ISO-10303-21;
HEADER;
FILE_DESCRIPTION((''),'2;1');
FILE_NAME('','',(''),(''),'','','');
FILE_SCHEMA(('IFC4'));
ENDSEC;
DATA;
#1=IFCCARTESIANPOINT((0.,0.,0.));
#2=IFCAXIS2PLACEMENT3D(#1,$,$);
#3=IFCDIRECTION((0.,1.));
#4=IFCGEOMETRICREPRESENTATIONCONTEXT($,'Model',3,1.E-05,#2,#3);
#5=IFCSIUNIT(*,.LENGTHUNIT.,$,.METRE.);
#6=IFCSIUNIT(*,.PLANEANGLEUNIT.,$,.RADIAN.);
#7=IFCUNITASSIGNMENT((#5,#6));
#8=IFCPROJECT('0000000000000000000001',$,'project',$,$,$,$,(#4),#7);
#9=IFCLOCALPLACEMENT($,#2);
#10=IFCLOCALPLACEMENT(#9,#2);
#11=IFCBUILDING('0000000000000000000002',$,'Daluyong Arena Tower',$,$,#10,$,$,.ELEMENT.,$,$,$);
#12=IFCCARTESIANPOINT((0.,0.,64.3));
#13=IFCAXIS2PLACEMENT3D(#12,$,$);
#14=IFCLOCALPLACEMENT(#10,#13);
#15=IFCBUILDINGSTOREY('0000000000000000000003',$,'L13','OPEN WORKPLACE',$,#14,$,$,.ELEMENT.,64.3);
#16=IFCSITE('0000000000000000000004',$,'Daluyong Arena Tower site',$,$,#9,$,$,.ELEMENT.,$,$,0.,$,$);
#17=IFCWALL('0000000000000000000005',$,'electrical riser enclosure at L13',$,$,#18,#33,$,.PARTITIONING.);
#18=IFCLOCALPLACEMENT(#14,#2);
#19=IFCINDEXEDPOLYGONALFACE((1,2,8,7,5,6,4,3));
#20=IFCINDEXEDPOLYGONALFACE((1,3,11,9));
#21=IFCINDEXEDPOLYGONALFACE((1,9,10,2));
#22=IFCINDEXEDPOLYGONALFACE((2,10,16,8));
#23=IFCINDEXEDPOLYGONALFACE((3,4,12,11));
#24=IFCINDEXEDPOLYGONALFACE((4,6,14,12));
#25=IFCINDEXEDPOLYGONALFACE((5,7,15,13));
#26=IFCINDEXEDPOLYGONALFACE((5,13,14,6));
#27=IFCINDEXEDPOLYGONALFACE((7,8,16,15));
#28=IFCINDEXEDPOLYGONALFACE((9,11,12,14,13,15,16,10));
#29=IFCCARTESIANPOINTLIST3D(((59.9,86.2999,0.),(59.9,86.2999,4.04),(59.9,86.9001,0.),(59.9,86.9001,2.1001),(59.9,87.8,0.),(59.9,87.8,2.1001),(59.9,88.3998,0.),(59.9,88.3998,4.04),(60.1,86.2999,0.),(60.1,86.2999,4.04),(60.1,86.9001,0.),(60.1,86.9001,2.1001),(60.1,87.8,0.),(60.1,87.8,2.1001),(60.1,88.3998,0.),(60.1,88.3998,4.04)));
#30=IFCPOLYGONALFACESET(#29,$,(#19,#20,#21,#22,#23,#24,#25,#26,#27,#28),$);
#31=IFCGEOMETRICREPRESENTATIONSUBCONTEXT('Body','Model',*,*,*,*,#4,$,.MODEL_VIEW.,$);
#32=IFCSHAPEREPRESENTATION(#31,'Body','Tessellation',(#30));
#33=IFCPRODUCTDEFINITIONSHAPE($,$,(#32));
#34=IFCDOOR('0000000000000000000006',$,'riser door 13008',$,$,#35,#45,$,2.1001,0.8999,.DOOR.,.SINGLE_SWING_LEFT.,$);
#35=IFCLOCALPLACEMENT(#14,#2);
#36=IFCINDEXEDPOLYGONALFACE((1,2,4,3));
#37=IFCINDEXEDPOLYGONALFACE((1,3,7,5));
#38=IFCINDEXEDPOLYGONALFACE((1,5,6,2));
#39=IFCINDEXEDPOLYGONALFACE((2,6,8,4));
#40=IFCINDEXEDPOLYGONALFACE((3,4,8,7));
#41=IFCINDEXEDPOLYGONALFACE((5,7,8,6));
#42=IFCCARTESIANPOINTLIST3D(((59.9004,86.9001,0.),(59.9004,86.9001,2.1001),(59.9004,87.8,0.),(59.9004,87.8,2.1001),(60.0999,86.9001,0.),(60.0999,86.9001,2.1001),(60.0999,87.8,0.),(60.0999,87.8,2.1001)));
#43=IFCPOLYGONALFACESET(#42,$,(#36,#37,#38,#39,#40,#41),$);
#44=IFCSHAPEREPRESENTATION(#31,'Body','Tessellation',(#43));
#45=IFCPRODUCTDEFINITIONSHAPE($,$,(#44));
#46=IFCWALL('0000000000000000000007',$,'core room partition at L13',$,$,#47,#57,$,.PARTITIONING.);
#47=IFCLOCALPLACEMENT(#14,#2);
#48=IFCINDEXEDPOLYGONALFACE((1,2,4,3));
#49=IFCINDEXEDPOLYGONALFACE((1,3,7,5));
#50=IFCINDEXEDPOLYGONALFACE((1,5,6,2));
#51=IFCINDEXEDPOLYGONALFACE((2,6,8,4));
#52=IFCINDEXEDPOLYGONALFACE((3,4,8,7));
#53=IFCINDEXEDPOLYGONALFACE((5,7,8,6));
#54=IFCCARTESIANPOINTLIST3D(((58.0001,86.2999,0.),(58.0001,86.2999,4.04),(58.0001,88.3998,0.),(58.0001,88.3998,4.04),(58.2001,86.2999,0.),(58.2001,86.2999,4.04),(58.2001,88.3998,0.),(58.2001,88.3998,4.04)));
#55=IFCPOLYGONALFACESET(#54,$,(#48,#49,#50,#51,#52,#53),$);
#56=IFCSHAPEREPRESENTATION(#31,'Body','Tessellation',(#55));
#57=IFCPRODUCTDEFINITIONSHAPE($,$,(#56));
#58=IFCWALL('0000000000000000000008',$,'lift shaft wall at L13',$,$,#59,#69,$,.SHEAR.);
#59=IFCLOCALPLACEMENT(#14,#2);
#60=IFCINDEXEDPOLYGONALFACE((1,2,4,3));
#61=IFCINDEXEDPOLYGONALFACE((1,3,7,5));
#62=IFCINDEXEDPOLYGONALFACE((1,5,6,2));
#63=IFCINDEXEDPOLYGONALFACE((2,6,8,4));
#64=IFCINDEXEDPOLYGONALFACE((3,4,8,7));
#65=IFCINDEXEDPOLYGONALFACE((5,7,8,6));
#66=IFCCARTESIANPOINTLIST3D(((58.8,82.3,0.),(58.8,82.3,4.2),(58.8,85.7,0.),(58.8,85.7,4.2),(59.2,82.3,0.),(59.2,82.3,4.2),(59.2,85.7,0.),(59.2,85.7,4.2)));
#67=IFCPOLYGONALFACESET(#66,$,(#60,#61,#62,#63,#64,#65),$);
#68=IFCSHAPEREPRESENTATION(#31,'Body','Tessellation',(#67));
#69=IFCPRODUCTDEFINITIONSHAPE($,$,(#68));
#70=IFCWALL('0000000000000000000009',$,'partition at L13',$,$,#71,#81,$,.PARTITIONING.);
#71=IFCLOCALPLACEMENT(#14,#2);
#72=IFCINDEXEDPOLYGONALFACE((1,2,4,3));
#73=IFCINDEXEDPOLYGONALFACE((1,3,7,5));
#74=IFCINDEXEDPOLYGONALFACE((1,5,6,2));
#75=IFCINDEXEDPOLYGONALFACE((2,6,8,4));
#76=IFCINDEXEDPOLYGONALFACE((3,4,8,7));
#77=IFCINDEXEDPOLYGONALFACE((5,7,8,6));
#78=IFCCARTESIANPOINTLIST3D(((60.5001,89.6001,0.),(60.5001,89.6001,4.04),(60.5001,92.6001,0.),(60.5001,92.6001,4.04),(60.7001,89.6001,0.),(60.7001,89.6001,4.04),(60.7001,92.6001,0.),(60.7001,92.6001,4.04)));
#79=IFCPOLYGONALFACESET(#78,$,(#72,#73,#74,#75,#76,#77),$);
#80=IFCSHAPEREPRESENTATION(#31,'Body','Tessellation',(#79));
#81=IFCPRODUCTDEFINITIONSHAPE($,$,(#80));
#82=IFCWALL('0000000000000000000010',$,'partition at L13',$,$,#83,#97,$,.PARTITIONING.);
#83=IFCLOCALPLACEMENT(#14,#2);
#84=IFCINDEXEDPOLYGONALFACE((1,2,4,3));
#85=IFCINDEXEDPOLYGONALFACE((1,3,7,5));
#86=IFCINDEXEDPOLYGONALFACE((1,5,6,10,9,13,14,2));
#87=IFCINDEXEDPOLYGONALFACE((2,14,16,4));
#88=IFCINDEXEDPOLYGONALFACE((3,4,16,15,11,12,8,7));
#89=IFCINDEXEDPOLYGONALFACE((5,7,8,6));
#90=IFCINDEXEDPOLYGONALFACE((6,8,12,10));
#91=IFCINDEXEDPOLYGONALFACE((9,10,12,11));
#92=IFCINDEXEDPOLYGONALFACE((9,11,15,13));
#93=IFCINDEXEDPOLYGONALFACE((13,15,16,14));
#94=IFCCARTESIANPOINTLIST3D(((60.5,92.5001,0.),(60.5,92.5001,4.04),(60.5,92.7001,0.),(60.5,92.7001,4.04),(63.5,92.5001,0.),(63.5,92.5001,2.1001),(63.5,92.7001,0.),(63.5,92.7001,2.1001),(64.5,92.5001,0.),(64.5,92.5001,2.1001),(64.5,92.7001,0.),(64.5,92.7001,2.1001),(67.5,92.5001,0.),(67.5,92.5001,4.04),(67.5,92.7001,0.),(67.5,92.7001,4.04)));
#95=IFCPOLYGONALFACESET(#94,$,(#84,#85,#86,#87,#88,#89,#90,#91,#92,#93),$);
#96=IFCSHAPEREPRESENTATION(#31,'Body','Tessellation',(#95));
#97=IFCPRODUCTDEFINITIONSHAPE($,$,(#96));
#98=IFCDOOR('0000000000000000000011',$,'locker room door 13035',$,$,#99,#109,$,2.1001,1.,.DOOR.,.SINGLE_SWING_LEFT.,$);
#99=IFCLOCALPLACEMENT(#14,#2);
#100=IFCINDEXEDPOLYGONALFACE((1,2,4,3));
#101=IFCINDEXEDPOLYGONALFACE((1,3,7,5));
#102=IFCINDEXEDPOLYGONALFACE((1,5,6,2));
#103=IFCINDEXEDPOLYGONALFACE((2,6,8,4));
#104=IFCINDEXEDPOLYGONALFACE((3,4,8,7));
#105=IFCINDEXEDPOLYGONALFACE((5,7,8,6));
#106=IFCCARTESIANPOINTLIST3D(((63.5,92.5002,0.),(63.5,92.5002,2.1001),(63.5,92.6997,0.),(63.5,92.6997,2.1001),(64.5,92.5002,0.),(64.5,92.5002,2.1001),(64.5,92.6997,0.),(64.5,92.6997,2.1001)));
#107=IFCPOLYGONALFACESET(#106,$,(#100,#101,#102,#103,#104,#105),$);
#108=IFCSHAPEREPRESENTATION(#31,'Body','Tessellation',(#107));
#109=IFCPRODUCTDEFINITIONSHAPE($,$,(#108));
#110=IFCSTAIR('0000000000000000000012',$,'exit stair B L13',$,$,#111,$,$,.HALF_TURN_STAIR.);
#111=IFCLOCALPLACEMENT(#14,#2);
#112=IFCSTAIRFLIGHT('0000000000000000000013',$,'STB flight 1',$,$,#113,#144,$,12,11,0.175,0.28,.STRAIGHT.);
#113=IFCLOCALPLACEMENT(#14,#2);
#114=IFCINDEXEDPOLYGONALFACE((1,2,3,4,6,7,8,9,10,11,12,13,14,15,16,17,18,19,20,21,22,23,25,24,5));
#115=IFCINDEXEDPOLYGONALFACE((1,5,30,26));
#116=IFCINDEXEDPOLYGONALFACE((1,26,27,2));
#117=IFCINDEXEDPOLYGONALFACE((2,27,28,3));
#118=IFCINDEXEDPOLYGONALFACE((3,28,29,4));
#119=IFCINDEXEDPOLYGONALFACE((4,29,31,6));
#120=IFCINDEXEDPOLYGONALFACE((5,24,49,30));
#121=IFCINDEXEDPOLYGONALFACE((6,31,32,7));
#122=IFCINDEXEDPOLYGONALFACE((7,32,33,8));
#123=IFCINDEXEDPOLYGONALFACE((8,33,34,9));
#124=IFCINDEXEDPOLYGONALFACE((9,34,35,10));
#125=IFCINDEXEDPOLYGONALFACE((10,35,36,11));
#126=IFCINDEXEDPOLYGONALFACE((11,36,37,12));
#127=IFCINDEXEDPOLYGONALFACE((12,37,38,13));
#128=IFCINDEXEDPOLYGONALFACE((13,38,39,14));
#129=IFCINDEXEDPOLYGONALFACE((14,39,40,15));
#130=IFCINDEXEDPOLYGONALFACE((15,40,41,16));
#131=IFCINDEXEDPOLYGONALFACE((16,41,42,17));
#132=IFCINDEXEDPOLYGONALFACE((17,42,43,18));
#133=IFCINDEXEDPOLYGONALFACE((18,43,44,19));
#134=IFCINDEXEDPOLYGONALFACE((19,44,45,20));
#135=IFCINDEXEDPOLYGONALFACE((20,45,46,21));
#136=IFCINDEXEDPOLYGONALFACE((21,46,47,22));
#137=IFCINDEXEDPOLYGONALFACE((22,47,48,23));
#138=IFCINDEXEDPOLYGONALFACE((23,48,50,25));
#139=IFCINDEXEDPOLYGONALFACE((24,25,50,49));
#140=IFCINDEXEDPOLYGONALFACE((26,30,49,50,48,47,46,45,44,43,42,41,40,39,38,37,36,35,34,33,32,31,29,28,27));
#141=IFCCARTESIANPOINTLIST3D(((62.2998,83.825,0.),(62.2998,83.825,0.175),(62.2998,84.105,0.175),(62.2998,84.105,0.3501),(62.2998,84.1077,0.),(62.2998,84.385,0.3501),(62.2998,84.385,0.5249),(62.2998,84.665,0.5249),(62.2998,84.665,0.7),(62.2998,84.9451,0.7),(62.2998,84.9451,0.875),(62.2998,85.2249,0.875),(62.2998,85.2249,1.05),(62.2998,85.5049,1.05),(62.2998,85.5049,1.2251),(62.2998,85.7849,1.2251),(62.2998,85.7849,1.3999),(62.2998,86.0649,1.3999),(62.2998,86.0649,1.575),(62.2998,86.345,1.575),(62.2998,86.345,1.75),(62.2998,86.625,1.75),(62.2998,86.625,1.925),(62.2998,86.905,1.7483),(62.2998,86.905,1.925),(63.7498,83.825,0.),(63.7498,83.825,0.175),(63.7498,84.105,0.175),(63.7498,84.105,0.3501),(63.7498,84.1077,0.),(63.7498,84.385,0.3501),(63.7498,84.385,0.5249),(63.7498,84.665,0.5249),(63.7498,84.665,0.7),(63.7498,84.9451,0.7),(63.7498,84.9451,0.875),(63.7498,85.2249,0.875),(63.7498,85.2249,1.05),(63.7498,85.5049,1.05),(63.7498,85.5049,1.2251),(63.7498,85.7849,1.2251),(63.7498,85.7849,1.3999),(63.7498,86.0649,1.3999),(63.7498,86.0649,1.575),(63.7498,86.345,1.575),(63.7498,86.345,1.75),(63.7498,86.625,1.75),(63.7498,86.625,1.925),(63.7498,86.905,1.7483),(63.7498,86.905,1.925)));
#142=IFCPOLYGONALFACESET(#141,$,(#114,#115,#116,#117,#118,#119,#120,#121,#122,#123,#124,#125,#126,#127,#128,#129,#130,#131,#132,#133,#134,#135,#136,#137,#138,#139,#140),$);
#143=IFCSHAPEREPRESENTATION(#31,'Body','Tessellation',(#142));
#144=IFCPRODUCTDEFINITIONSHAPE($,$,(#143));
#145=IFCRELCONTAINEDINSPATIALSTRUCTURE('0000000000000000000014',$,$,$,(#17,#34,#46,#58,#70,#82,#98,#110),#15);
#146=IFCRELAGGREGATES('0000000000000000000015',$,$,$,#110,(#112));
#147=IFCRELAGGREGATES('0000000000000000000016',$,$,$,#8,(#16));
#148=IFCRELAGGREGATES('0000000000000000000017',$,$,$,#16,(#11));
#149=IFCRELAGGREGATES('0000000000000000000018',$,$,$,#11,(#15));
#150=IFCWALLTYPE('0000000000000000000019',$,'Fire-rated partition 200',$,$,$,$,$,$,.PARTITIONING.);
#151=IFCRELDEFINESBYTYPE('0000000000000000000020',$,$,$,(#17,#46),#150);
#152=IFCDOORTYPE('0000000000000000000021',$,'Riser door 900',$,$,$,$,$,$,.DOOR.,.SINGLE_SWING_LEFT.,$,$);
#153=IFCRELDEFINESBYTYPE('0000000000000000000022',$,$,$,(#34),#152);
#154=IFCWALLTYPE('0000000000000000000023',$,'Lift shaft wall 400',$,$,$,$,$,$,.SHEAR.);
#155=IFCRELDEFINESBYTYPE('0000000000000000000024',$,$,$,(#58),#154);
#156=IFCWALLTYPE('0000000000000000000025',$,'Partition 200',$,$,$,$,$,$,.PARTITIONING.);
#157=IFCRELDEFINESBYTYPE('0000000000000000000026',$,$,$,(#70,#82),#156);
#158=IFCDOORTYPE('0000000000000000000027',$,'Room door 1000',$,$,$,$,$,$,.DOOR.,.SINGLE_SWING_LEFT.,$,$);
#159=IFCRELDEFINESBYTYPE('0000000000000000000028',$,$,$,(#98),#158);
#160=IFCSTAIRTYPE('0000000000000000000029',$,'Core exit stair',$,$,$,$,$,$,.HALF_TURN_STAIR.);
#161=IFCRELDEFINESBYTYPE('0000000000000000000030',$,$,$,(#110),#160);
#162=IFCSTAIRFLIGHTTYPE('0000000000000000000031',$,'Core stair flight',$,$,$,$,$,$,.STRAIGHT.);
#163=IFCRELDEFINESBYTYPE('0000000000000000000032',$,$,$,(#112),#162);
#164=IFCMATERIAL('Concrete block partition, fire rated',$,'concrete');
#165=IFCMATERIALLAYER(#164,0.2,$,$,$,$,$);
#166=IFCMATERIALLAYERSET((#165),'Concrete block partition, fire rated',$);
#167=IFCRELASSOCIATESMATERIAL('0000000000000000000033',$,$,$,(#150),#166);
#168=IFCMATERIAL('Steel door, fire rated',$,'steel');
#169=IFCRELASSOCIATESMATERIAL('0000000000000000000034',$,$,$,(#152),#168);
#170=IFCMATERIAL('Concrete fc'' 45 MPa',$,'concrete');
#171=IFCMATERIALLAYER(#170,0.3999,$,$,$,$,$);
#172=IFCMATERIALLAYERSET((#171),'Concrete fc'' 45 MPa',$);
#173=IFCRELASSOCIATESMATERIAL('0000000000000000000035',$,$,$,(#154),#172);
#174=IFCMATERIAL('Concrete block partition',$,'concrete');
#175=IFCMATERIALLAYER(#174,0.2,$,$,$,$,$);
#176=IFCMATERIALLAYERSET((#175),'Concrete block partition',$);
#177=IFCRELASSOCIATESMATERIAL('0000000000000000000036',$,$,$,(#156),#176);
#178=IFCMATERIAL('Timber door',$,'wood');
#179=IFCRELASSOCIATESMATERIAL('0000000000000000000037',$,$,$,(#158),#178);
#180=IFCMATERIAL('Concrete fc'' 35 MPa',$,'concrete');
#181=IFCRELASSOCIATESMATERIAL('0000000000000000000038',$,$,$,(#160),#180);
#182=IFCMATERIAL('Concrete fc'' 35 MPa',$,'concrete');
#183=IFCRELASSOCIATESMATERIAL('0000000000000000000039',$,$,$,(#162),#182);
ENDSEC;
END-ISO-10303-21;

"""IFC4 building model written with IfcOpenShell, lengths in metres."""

from ifc_helpers import new_model, si_unit, direction, frame, frame_2d, origin, place, context, subcontext, project, spatial, polyline, rectangle, outline, extrude, material, layer, layer_set, type_object, element, fill, aggregate, save


model = new_model("IFC4")

# Units and contexts
model_context = context("Model", 3, precision=1e-05, world=origin(), true_north=direction((0.0, 1.0)))
body_context = subcontext(model_context, "Body", "Model", "MODEL_VIEW")
ifc_project = project(units=[si_unit("LENGTHUNIT", "METRE"), si_unit("PLANEANGLEUNIT", "RADIAN")], contexts=[model_context])

# Site, building, storey
site_placement = place(None, origin())
site = spatial("IfcSite", under=ifc_project, at=site_placement, Name="Daluyong Arena Tower site", CompositionType="ELEMENT", RefElevation=0.0)
building_placement = place(site_placement, origin())
building = spatial("IfcBuilding", under=site, at=building_placement, Name="Daluyong Arena Tower", CompositionType="ELEMENT")
storey_placement = place(building_placement, frame((0.0, 0.0, 64.3)))
storey = spatial("IfcBuildingStorey", under=building, at=storey_placement, Name="L13", Description="OPEN WORKPLACE", CompositionType="ELEMENT", Elevation=64.3)

# Wall, opening, door
ifc_material_1 = material(Name="Concrete block partition, fire rated", Category="concrete")
ifc_layer_1 = layer(ifc_material_1, 0.2)
ifc_layer_set_1 = layer_set([ifc_layer_1], Name="Concrete block partition, fire rated")
wall_type_1 = type_object("IfcWallType", Name="Fire-rated partition 200", PredefinedType="PARTITIONING", material=ifc_layer_set_1)
wall_1_placement = place(storey_placement, frame((60.0, 86.3, 0.0), z_axis=(0.0, 0.0, 1.0), x_axis=(0.0, 1.0, 0.0)))
wall_1 = element("IfcWall", 1, at=wall_1_placement, inside=storey, type_object=wall_type_1, Name="electrical riser enclosure at L13", PredefinedType="PARTITIONING", context=body_context, shape_type="SweptSolid", body=[
    extrude(rectangle(XDim=2.0999, YDim=0.2, at=frame_2d((1.0498, 0.0))), origin(), (0.0, 0.0, 1.0), 4.04),
])
opening_1_placement = place(wall_1_placement, frame((0.6001, 0.0, 0.0)))
opening_1 = element("IfcOpeningElement", 2, at=opening_1_placement, cuts=wall_1, PredefinedType="OPENING", context=body_context, shape_type="SweptSolid", body=[
    extrude(rectangle(XDim=0.8999, YDim=2.1001, at=frame_2d((0.45, 1.05))), frame((0.0, 0.1099, 0.0), z_axis=(0.0, -1.0, 0.0), x_axis=(1.0, 0.0, 0.0)), (0.0, 0.0, 1.0), 0.22),
])
ifc_material_2 = material(Name="Steel door, fire rated", Category="steel")
door_type_1 = type_object("IfcDoorType", Name="Riser door 900", OperationType="SINGLE_SWING_LEFT", PredefinedType="DOOR", material=ifc_material_2)
door_1_placement = place(opening_1_placement, origin())
door_1 = element("IfcDoor", 3, at=door_1_placement, inside=storey, type_object=door_type_1, Name="riser door 13008", OperationType="SINGLE_SWING_LEFT", OverallHeight=2.1001, OverallWidth=0.8999, PredefinedType="DOOR", context=body_context, shape_type="SweptSolid", body=[
    extrude(rectangle(XDim=0.8999, YDim=2.1001, at=frame_2d((0.45, 1.05))), frame((0.0, 0.0996, 0.0), z_axis=(0.0, -1.0, 0.0), x_axis=(1.0, 0.0, 0.0)), (0.0, 0.0, 1.0), 0.1995),
])
fill(opening_1, door_1)

# Walls
wall_2_placement = place(storey_placement, frame((58.1001, 86.3, 0.0), z_axis=(0.0, 0.0, 1.0), x_axis=(0.0, 1.0, 0.0)))
element("IfcWall", 4, at=wall_2_placement, inside=storey, type_object=wall_type_1, Name="core room partition at L13", PredefinedType="PARTITIONING", context=body_context, shape_type="SweptSolid", body=[
    extrude(rectangle(XDim=2.0999, YDim=0.2, at=frame_2d((1.0498, 0.0))), origin(), (0.0, 0.0, 1.0), 4.04),
])
ifc_material_3 = material(Name="Concrete fc' 45 MPa", Category="concrete")
ifc_layer_2 = layer(ifc_material_3, 0.3999)
ifc_layer_set_2 = layer_set([ifc_layer_2], Name="Concrete fc' 45 MPa")
wall_type_2 = type_object("IfcWallType", Name="Lift shaft wall 400", PredefinedType="SHEAR", material=ifc_layer_set_2)
wall_3_placement = place(storey_placement, frame((59.0, 82.3, 0.0), z_axis=(0.0, 0.0, 1.0), x_axis=(0.0, 1.0, 0.0)))
element("IfcWall", 5, at=wall_3_placement, inside=storey, type_object=wall_type_2, Name="lift shaft wall at L13", PredefinedType="SHEAR", context=body_context, shape_type="SweptSolid", body=[
    extrude(rectangle(XDim=3.3999, YDim=0.3999, at=frame_2d((1.7, 0.0))), origin(), (0.0, 0.0, 1.0), 4.2),
])
ifc_material_4 = material(Name="Concrete block partition", Category="concrete")
ifc_layer_3 = layer(ifc_material_4, 0.2)
ifc_layer_set_3 = layer_set([ifc_layer_3], Name="Concrete block partition")
wall_type_3 = type_object("IfcWallType", Name="Partition 200", PredefinedType="PARTITIONING", material=ifc_layer_set_3)
wall_4_placement = place(storey_placement, frame((60.6001, 89.6001, 0.0), z_axis=(0.0, 0.0, 1.0), x_axis=(0.0, 1.0, 0.0)))
element("IfcWall", 6, at=wall_4_placement, inside=storey, type_object=wall_type_3, Name="partition at L13", PredefinedType="PARTITIONING", context=body_context, shape_type="SweptSolid", body=[
    extrude(rectangle(XDim=3.0, YDim=0.2, at=frame_2d((1.5, 0.0))), origin(), (0.0, 0.0, 1.0), 4.04),
])

# Wall, opening, door
wall_5_placement = place(storey_placement, frame((60.5, 92.6001, 0.0), z_axis=(0.0, 0.0, 1.0), x_axis=(1.0, 0.0, 0.0)))
wall_5 = element("IfcWall", 7, at=wall_5_placement, inside=storey, type_object=wall_type_3, Name="partition at L13", PredefinedType="PARTITIONING", context=body_context, shape_type="SweptSolid", body=[
    extrude(rectangle(XDim=7.0, YDim=0.2, at=frame_2d((3.5, 0.0))), origin(), (0.0, 0.0, 1.0), 4.04),
])
opening_2_placement = place(wall_5_placement, frame((3.0, 0.0, 0.0)))
opening_2 = element("IfcOpeningElement", 8, at=opening_2_placement, cuts=wall_5, PredefinedType="OPENING", context=body_context, shape_type="SweptSolid", body=[
    extrude(rectangle(XDim=1.0, YDim=2.1001, at=frame_2d((0.5, 1.05))), frame((0.0, 0.1099, 0.0), z_axis=(0.0, -1.0, 0.0), x_axis=(1.0, 0.0, 0.0)), (0.0, 0.0, 1.0), 0.22),
])
ifc_material_5 = material(Name="Timber door", Category="wood")
door_type_2 = type_object("IfcDoorType", Name="Room door 1000", OperationType="SINGLE_SWING_LEFT", PredefinedType="DOOR", material=ifc_material_5)
door_2_placement = place(opening_2_placement, origin())
door_2 = element("IfcDoor", 9, at=door_2_placement, inside=storey, type_object=door_type_2, Name="locker room door 13035", OperationType="SINGLE_SWING_LEFT", OverallHeight=2.1001, OverallWidth=1.0, PredefinedType="DOOR", context=body_context, shape_type="SweptSolid", body=[
    extrude(rectangle(XDim=1.0, YDim=2.1001, at=frame_2d((0.5, 1.05))), frame((0.0, 0.0996, 0.0), z_axis=(0.0, -1.0, 0.0), x_axis=(1.0, 0.0, 0.0)), (0.0, 0.0, 1.0), 0.1995),
])
fill(opening_2, door_2)

# Stair, stair flight
ifc_material_6 = material(Name="Concrete fc' 35 MPa", Category="concrete")
stair_type = type_object("IfcStairType", Name="Core exit stair", PredefinedType="HALF_TURN_STAIR", material=ifc_material_6)
stair_placement = place(storey_placement, origin())
stair = element("IfcStair", 10, at=stair_placement, inside=storey, type_object=stair_type, Name="exit stair B L13", PredefinedType="HALF_TURN_STAIR")
ifc_material_7 = material(Name="Concrete fc' 35 MPa", Category="concrete")
stair_flight_type = type_object("IfcStairFlightType", Name="Core stair flight", PredefinedType="STRAIGHT", material=ifc_material_7)
stair_flight_1_placement = place(storey_placement, frame((63.0249, 83.825, 0.0), z_axis=(0.0, 0.0, 1.0), x_axis=(0.0, 1.0, 0.0)))
stair_flight_1 = element("IfcStairFlight", 11, at=stair_flight_1_placement, type_object=stair_flight_type, Name="STB flight 1", NumberOfRisers=12, NumberOfTreads=11, PredefinedType="STRAIGHT", RiserHeight=0.175, TreadLength=0.28, context=body_context, shape_type="SweptSolid", body=[
    extrude(outline(polyline([(0.0, 0.0), (0.0, 0.175), (0.28, 0.175), (0.28, 0.3501), (0.5601, 0.3501), (0.5601, 0.5249), (0.8401, 0.5249), (0.8401, 0.7), (1.1201, 0.7), (1.1201, 0.875), (1.3999, 0.875), (1.3999, 1.05), (1.6799, 1.05), (1.6799, 1.2251), (1.96, 1.2251), (1.96, 1.3999), (2.24, 1.3999), (2.24, 1.575), (2.52, 1.575), (2.52, 1.75), (2.8, 1.75), (2.8, 1.925), (3.0801, 1.925), (3.0801, 2.1001), (3.0801, 1.7483), (0.2827, 0.0), (0.0, 0.0)])), frame((0.0, 0.7251, 0.0), z_axis=(0.0, -1.0, 0.0), x_axis=(1.0, 0.0, 0.0)), (0.0, 0.0, 1.0), 1.45),
])
aggregate(stair, [stair_flight_1])

save(model, "model.ifc")
